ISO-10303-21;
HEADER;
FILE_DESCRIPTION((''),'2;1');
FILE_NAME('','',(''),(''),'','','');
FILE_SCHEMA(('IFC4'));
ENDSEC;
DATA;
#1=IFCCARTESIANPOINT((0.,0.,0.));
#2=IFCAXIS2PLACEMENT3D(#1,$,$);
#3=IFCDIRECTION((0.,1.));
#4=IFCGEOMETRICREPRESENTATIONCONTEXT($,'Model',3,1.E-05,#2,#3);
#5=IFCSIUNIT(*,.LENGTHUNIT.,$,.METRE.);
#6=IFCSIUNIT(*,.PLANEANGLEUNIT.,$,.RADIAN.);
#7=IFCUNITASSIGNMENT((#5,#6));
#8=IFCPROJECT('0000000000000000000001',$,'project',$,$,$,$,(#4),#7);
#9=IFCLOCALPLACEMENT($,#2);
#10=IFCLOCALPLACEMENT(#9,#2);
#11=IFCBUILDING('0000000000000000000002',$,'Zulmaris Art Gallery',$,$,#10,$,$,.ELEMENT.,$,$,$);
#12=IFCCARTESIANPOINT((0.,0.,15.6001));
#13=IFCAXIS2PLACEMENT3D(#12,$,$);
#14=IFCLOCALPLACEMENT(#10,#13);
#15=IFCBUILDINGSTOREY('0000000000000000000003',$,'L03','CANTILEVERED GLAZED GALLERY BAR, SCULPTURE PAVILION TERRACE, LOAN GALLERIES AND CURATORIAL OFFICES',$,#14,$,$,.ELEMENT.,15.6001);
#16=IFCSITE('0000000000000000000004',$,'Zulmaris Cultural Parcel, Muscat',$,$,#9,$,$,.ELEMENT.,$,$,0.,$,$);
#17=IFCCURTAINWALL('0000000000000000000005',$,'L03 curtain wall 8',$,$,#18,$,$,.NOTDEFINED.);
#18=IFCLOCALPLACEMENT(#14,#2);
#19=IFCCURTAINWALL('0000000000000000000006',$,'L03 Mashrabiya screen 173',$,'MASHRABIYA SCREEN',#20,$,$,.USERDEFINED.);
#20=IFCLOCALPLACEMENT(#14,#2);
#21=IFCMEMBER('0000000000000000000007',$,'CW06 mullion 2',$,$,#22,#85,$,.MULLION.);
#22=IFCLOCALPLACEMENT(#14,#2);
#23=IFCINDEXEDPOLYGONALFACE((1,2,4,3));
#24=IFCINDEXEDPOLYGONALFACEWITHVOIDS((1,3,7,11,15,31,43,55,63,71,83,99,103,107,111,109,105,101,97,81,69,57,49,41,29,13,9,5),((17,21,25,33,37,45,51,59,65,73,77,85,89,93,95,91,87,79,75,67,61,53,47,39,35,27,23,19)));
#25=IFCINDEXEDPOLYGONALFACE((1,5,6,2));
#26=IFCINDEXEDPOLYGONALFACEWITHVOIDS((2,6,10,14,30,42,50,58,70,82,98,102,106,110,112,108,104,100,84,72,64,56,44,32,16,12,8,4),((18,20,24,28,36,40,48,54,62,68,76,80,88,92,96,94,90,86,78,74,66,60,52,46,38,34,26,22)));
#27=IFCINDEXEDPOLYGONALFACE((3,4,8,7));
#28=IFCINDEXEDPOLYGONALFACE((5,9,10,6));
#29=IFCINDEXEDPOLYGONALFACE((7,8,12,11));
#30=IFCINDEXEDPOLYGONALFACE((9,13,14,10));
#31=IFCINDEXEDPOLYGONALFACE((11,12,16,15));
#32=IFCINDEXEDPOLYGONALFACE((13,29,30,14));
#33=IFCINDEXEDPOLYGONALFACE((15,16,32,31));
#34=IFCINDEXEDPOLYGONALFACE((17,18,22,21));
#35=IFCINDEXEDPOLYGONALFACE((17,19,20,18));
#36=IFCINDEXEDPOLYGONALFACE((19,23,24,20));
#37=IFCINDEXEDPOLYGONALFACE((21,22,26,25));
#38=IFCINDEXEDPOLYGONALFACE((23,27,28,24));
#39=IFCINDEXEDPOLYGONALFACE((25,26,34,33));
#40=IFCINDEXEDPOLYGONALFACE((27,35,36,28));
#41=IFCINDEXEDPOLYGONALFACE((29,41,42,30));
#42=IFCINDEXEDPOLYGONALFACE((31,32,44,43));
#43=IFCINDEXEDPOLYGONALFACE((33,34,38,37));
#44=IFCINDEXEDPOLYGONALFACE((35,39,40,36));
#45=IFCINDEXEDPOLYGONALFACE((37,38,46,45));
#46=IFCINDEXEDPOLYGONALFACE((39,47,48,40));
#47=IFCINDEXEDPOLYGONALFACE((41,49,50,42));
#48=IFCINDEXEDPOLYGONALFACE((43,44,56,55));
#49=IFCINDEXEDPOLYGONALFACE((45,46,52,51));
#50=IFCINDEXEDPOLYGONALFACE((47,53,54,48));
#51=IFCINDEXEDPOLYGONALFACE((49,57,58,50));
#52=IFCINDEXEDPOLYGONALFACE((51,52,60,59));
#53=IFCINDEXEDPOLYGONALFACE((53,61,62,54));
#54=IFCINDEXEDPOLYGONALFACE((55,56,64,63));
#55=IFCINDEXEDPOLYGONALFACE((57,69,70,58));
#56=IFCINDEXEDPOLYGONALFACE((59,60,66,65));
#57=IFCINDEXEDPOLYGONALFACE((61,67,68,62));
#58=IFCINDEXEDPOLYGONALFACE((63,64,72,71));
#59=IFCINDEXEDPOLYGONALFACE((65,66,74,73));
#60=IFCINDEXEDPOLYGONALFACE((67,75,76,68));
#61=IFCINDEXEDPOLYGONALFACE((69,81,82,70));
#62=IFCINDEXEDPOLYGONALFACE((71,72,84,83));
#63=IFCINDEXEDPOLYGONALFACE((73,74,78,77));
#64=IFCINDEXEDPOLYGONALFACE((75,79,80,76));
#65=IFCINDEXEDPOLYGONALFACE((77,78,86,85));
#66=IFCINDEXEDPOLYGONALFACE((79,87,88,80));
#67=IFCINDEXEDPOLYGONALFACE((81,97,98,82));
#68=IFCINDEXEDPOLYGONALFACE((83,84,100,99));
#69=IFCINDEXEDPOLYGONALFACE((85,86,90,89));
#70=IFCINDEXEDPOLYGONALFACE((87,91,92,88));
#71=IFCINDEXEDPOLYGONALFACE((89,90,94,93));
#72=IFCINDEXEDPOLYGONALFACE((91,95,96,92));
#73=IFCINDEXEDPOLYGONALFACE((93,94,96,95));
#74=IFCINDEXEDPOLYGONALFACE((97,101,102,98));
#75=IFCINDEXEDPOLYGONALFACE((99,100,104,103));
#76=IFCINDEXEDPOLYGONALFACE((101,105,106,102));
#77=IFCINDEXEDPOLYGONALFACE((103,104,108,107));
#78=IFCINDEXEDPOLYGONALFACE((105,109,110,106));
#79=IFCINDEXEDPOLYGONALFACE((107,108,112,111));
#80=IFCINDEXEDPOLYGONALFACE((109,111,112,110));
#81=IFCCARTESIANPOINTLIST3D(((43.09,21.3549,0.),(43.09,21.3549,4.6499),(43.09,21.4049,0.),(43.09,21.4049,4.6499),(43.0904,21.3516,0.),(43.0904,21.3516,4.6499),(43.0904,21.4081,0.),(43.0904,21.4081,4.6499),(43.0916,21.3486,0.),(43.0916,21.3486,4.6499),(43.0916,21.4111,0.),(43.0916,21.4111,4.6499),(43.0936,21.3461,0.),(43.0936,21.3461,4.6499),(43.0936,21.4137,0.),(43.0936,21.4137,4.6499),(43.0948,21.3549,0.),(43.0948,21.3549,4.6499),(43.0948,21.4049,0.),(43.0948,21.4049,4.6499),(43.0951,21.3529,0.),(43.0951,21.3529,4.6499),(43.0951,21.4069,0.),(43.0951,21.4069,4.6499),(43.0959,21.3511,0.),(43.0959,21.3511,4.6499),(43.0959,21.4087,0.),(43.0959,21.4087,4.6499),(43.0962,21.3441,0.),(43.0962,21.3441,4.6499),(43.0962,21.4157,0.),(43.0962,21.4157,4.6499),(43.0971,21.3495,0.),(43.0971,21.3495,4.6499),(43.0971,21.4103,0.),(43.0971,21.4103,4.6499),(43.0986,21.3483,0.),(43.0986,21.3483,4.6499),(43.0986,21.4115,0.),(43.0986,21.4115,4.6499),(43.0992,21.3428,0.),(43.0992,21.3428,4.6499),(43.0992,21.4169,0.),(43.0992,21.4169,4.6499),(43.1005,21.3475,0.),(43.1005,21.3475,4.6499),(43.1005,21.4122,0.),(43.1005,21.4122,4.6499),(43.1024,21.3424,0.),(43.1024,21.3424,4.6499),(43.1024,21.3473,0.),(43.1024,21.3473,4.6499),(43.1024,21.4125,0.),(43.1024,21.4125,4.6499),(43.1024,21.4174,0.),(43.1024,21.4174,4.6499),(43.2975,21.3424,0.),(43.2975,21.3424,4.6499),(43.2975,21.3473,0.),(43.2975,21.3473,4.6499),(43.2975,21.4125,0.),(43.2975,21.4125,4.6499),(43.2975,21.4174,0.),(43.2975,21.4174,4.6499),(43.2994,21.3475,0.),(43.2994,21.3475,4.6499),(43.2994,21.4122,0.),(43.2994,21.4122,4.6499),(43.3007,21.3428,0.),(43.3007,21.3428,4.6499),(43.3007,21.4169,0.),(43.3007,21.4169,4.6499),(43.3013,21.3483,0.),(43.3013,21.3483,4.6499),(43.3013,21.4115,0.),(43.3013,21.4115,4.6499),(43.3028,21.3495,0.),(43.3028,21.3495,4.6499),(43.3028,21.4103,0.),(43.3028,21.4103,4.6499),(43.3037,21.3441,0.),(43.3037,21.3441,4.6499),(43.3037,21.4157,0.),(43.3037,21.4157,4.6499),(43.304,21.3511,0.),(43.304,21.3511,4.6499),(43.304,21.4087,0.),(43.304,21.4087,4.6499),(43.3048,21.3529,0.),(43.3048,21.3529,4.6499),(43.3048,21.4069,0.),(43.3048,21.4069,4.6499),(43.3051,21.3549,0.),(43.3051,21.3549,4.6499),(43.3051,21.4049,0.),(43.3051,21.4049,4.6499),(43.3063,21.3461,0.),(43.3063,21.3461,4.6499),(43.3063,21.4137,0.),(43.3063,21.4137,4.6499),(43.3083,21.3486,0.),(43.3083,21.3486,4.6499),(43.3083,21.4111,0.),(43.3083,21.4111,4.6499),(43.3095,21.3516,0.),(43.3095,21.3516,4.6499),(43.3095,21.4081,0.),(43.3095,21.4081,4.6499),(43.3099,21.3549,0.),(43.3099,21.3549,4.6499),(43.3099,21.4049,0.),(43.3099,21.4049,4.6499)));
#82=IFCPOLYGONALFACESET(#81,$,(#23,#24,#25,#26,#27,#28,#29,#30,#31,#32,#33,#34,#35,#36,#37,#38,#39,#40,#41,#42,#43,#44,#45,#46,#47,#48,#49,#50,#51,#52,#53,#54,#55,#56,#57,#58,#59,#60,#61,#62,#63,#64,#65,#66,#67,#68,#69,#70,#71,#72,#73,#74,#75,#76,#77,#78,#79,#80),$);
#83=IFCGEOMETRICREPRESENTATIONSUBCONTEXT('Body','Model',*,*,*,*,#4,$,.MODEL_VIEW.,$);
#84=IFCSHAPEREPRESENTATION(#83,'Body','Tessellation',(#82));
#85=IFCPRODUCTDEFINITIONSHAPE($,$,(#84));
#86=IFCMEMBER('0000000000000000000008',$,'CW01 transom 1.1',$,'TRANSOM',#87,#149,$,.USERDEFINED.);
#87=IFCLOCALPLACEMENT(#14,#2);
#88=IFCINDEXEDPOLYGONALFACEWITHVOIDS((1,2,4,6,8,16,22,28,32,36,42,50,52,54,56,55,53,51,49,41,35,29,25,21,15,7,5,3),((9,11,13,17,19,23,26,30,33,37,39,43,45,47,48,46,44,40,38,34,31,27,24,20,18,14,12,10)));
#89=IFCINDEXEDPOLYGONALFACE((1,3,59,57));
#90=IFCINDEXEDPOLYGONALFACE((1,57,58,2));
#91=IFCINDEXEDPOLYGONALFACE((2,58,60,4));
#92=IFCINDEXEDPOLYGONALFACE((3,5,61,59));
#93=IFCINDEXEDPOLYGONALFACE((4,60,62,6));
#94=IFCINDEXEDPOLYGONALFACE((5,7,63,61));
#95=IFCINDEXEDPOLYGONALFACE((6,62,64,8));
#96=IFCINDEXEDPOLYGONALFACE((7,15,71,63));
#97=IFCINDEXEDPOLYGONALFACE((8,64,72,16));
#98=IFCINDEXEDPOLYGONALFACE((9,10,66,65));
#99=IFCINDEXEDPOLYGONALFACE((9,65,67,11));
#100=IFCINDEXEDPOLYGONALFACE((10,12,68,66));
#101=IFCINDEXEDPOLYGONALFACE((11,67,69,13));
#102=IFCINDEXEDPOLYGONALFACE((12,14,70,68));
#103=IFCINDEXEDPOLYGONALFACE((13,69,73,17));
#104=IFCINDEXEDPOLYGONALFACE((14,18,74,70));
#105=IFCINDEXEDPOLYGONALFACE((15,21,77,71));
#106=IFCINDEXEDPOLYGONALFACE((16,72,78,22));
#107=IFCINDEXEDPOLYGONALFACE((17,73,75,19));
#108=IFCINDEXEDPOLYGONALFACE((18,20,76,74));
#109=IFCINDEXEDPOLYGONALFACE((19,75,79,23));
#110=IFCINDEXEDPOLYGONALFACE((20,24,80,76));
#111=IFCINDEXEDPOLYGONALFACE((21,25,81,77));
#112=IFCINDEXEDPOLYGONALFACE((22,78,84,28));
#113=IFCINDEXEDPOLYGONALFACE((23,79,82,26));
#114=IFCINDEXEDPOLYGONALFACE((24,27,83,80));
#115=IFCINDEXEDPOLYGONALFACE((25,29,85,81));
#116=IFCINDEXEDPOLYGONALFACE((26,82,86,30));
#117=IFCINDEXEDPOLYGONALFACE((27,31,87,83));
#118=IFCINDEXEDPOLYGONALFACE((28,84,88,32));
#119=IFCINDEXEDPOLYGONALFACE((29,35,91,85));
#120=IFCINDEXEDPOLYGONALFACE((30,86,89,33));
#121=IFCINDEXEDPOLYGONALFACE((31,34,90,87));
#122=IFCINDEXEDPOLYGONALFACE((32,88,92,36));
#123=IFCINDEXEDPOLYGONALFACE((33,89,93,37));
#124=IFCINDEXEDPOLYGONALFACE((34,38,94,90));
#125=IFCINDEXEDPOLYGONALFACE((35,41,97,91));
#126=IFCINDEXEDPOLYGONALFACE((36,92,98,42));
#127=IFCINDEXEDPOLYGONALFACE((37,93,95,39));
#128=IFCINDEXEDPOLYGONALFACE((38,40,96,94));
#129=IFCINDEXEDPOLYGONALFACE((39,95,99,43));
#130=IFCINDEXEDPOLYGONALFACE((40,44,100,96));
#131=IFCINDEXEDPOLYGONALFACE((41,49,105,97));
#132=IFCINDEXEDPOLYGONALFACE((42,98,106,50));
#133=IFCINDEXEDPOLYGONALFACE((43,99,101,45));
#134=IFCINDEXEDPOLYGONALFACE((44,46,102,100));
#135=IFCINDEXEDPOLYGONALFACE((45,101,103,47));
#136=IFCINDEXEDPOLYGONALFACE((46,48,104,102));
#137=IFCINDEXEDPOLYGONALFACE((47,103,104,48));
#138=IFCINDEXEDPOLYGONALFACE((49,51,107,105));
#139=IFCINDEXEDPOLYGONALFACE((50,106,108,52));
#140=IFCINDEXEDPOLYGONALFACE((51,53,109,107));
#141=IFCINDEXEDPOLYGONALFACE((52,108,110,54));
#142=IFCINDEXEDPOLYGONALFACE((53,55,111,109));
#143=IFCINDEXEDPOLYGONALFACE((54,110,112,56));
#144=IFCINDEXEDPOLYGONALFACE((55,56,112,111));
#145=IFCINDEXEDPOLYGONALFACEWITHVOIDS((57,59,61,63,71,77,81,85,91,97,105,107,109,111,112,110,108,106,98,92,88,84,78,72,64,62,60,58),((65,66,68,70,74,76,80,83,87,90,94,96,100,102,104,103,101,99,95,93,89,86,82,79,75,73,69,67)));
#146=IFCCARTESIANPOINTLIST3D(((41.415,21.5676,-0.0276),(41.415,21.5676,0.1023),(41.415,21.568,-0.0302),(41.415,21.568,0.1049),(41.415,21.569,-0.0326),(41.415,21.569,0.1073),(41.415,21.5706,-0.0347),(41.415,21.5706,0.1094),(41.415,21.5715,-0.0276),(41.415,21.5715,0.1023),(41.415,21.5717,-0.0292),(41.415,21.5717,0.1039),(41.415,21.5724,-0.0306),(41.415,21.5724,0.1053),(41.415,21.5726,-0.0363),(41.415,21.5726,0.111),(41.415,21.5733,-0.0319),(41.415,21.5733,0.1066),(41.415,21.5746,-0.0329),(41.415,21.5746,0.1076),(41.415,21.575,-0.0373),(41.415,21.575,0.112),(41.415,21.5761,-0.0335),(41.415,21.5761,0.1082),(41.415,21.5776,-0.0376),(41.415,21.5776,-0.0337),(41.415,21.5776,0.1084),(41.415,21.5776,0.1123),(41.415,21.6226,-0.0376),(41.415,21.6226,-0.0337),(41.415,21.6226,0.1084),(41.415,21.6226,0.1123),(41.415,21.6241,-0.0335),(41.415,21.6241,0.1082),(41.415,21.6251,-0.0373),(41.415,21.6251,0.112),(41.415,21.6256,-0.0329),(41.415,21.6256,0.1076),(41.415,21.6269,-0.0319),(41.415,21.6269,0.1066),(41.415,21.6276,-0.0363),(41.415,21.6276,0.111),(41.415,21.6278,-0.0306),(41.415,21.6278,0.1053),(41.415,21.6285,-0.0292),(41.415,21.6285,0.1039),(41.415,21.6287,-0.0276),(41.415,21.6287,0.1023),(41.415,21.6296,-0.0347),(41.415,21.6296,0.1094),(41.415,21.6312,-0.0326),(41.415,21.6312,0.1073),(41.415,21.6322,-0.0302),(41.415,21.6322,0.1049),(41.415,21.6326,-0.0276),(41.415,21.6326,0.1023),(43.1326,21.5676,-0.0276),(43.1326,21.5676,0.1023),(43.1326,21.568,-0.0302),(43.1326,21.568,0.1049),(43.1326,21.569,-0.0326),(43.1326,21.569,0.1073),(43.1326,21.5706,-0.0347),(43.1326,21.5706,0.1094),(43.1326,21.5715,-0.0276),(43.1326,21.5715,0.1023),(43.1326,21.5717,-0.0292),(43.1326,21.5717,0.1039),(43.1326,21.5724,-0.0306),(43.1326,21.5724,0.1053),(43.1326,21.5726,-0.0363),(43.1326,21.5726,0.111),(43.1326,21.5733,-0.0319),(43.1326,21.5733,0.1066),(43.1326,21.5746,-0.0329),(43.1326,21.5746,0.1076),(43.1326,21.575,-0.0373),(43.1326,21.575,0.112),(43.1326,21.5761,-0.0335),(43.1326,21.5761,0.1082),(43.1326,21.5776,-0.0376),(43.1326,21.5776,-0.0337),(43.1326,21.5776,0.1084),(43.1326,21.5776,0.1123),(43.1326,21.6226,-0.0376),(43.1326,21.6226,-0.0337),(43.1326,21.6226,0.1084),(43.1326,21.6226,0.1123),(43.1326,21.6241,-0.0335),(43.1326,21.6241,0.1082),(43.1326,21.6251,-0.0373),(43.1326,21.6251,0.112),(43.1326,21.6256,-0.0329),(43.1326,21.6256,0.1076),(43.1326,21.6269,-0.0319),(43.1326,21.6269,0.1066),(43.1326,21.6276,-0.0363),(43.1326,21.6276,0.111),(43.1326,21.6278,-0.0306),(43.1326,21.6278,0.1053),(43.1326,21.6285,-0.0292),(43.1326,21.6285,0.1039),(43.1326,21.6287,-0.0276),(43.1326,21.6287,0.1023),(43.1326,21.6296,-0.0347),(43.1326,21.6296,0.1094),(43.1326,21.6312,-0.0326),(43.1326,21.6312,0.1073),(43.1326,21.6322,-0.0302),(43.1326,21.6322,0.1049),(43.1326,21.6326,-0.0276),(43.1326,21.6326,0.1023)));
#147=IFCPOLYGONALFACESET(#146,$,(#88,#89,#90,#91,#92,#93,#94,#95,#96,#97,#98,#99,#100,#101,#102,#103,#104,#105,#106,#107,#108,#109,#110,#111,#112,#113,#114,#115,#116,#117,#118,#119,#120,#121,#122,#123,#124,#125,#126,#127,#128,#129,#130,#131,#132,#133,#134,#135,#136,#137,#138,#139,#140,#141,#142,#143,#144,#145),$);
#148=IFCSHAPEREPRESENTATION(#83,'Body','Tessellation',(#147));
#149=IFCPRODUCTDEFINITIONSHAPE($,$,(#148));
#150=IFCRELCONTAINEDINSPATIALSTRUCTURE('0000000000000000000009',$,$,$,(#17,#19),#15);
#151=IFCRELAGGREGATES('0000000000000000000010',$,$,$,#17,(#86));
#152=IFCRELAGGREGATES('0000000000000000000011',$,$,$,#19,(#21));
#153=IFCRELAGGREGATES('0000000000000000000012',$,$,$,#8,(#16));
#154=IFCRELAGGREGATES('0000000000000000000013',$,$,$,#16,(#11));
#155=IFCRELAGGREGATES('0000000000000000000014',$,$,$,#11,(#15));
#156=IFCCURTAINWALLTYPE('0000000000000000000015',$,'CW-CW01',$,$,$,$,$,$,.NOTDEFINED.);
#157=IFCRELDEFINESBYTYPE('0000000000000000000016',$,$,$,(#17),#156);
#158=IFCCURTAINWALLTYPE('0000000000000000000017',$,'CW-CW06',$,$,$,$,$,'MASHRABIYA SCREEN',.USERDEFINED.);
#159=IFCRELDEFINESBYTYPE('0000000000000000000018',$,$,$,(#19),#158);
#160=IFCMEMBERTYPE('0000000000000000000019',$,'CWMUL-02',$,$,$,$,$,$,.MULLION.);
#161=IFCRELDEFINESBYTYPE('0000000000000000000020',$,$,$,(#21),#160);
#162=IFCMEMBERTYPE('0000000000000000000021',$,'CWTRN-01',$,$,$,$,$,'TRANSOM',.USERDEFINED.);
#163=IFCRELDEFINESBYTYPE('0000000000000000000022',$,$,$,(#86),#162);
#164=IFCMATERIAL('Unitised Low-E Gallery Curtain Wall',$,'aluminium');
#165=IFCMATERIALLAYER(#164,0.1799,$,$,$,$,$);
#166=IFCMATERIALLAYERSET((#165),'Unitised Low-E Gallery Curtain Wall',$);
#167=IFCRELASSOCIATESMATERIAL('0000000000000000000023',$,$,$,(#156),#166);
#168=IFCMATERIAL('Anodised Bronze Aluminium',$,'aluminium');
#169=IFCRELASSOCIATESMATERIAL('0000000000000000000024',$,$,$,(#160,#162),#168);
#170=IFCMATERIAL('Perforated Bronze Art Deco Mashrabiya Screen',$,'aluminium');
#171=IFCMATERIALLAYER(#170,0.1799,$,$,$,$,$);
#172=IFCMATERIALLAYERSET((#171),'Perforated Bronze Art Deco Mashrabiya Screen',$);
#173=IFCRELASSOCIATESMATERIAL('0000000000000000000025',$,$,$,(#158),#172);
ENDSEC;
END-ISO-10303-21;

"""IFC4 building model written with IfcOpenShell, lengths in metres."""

from ifc_helpers import new_model, si_unit, direction, frame, origin, origin_2d, place, context, subcontext, project, spatial, hollow_rectangle, extrude, material, layer, layer_set, material_profile, profile_set, type_object, element, aggregate, save


model = new_model("IFC4")

# Units and contexts
model_context = context("Model", 3, precision=1e-05, world=origin(), true_north=direction((0.0, 1.0)))
body_context = subcontext(model_context, "Body", "Model", "MODEL_VIEW")
ifc_project = project(units=[si_unit("LENGTHUNIT", "METRE"), si_unit("PLANEANGLEUNIT", "RADIAN")], contexts=[model_context])

# Site, building, storey
site_placement = place(None, origin())
site = spatial("IfcSite", under=ifc_project, at=site_placement, Name="Zulmaris Cultural Parcel, Muscat", CompositionType="ELEMENT", RefElevation=0.0)
building_placement = place(site_placement, origin())
building = spatial("IfcBuilding", under=site, at=building_placement, Name="Zulmaris Art Gallery", CompositionType="ELEMENT")
storey_placement = place(building_placement, frame((0.0, 0.0, 15.6001)))
storey = spatial("IfcBuildingStorey", under=building, at=storey_placement, Name="L03", Description="CANTILEVERED GLAZED GALLERY BAR, SCULPTURE PAVILION TERRACE, LOAN GALLERIES AND CURATORIAL OFFICES", CompositionType="ELEMENT", Elevation=15.6001)

# Curtain wall
ifc_material_1 = material(Name="Unitised Low-E Gallery Curtain Wall", Category="aluminium")
ifc_layer_1 = layer(ifc_material_1, 0.1799)
ifc_layer_set_1 = layer_set([ifc_layer_1], Name="Unitised Low-E Gallery Curtain Wall")
curtain_wall_type_1 = type_object("IfcCurtainWallType", Name="CW-CW01", PredefinedType="NOTDEFINED", material=ifc_layer_set_1)
curtain_wall_1_placement = place(storey_placement, origin())
curtain_wall_1 = element("IfcCurtainWall", 1, at=curtain_wall_1_placement, inside=storey, type_object=curtain_wall_type_1, Name="L03 curtain wall 8", PredefinedType="NOTDEFINED")
ifc_material_2 = material(Name="Anodised Bronze Aluminium", Category="aluminium")
ifc_material_profile_1 = material_profile(ifc_material_2, hollow_rectangle(XDim=0.075, YDim=0.22, WallThickness=0.0049, InnerFilletRadius=0.0076, OuterFilletRadius=0.0125, at=origin_2d()), Name="ALU 75x220x5")
ifc_profile_set_1 = profile_set([ifc_material_profile_1], Name="Anodised Bronze Aluminium")
member_type_1 = type_object("IfcMemberType", Name="CWMUL-02", PredefinedType="MULLION", material=ifc_profile_set_1)

# Shared definitions
ifc_material_3 = material(Name="Perforated Bronze Art Deco Mashrabiya Screen", Category="aluminium")
ifc_layer_2 = layer(ifc_material_3, 0.1799)
ifc_layer_set_2 = layer_set([ifc_layer_2], Name="Perforated Bronze Art Deco Mashrabiya Screen")
curtain_wall_type_2 = type_object("IfcCurtainWallType", Name="CW-CW06", ElementType="MASHRABIYA SCREEN", PredefinedType="USERDEFINED", material=ifc_layer_set_2)

# Curtain wall, member
curtain_wall_2_placement = place(storey_placement, origin())
curtain_wall_2 = element("IfcCurtainWall", 2, at=curtain_wall_2_placement, inside=storey, type_object=curtain_wall_type_2, Name="L03 Mashrabiya screen 173", ObjectType="MASHRABIYA SCREEN", PredefinedType="USERDEFINED")
member_1_placement = place(storey_placement, frame((43.2, 21.3799, 0.0), z_axis=(0.0, 0.0, 1.0), x_axis=(0.0, 1.0, 0.0)))
member_1 = element("IfcMember", 3, at=member_1_placement, type_object=member_type_1, Name="CW06 mullion 2", PredefinedType="MULLION", context=body_context, shape_type="SweptSolid", body=[
    extrude(hollow_rectangle(XDim=0.075, YDim=0.22, WallThickness=0.0049, InnerFilletRadius=0.0076, OuterFilletRadius=0.0125, at=origin_2d()), origin(), (0.0, 0.0, 1.0), 4.6499),
])

# Member
ifc_material_profile_2 = material_profile(ifc_material_2, hollow_rectangle(XDim=0.0649, YDim=0.1499, WallThickness=0.0039, InnerFilletRadius=0.0061, OuterFilletRadius=0.01, at=origin_2d()), Name="ALU 65x150x4")
ifc_profile_set_2 = profile_set([ifc_material_profile_2], Name="Anodised Bronze Aluminium")
member_type_2 = type_object("IfcMemberType", Name="CWTRN-01", ElementType="TRANSOM", PredefinedType="USERDEFINED", material=ifc_profile_set_2)
member_2_placement = place(storey_placement, frame((41.415, 21.6001, 0.0374), z_axis=(1.0, 0.0, 0.0), x_axis=(0.0, 1.0, 0.0)))
member_2 = element("IfcMember", 4, at=member_2_placement, type_object=member_type_2, Name="CW01 transom 1.1", ObjectType="TRANSOM", PredefinedType="USERDEFINED", context=body_context, shape_type="SweptSolid", body=[
    extrude(hollow_rectangle(XDim=0.0649, YDim=0.1499, WallThickness=0.0039, InnerFilletRadius=0.0061, OuterFilletRadius=0.01, at=origin_2d()), origin(), (0.0, 0.0, 1.0), 1.7175),
])

aggregate(curtain_wall_1, [member_2])
aggregate(curtain_wall_2, [member_1])

save(model, "model.ifc")
